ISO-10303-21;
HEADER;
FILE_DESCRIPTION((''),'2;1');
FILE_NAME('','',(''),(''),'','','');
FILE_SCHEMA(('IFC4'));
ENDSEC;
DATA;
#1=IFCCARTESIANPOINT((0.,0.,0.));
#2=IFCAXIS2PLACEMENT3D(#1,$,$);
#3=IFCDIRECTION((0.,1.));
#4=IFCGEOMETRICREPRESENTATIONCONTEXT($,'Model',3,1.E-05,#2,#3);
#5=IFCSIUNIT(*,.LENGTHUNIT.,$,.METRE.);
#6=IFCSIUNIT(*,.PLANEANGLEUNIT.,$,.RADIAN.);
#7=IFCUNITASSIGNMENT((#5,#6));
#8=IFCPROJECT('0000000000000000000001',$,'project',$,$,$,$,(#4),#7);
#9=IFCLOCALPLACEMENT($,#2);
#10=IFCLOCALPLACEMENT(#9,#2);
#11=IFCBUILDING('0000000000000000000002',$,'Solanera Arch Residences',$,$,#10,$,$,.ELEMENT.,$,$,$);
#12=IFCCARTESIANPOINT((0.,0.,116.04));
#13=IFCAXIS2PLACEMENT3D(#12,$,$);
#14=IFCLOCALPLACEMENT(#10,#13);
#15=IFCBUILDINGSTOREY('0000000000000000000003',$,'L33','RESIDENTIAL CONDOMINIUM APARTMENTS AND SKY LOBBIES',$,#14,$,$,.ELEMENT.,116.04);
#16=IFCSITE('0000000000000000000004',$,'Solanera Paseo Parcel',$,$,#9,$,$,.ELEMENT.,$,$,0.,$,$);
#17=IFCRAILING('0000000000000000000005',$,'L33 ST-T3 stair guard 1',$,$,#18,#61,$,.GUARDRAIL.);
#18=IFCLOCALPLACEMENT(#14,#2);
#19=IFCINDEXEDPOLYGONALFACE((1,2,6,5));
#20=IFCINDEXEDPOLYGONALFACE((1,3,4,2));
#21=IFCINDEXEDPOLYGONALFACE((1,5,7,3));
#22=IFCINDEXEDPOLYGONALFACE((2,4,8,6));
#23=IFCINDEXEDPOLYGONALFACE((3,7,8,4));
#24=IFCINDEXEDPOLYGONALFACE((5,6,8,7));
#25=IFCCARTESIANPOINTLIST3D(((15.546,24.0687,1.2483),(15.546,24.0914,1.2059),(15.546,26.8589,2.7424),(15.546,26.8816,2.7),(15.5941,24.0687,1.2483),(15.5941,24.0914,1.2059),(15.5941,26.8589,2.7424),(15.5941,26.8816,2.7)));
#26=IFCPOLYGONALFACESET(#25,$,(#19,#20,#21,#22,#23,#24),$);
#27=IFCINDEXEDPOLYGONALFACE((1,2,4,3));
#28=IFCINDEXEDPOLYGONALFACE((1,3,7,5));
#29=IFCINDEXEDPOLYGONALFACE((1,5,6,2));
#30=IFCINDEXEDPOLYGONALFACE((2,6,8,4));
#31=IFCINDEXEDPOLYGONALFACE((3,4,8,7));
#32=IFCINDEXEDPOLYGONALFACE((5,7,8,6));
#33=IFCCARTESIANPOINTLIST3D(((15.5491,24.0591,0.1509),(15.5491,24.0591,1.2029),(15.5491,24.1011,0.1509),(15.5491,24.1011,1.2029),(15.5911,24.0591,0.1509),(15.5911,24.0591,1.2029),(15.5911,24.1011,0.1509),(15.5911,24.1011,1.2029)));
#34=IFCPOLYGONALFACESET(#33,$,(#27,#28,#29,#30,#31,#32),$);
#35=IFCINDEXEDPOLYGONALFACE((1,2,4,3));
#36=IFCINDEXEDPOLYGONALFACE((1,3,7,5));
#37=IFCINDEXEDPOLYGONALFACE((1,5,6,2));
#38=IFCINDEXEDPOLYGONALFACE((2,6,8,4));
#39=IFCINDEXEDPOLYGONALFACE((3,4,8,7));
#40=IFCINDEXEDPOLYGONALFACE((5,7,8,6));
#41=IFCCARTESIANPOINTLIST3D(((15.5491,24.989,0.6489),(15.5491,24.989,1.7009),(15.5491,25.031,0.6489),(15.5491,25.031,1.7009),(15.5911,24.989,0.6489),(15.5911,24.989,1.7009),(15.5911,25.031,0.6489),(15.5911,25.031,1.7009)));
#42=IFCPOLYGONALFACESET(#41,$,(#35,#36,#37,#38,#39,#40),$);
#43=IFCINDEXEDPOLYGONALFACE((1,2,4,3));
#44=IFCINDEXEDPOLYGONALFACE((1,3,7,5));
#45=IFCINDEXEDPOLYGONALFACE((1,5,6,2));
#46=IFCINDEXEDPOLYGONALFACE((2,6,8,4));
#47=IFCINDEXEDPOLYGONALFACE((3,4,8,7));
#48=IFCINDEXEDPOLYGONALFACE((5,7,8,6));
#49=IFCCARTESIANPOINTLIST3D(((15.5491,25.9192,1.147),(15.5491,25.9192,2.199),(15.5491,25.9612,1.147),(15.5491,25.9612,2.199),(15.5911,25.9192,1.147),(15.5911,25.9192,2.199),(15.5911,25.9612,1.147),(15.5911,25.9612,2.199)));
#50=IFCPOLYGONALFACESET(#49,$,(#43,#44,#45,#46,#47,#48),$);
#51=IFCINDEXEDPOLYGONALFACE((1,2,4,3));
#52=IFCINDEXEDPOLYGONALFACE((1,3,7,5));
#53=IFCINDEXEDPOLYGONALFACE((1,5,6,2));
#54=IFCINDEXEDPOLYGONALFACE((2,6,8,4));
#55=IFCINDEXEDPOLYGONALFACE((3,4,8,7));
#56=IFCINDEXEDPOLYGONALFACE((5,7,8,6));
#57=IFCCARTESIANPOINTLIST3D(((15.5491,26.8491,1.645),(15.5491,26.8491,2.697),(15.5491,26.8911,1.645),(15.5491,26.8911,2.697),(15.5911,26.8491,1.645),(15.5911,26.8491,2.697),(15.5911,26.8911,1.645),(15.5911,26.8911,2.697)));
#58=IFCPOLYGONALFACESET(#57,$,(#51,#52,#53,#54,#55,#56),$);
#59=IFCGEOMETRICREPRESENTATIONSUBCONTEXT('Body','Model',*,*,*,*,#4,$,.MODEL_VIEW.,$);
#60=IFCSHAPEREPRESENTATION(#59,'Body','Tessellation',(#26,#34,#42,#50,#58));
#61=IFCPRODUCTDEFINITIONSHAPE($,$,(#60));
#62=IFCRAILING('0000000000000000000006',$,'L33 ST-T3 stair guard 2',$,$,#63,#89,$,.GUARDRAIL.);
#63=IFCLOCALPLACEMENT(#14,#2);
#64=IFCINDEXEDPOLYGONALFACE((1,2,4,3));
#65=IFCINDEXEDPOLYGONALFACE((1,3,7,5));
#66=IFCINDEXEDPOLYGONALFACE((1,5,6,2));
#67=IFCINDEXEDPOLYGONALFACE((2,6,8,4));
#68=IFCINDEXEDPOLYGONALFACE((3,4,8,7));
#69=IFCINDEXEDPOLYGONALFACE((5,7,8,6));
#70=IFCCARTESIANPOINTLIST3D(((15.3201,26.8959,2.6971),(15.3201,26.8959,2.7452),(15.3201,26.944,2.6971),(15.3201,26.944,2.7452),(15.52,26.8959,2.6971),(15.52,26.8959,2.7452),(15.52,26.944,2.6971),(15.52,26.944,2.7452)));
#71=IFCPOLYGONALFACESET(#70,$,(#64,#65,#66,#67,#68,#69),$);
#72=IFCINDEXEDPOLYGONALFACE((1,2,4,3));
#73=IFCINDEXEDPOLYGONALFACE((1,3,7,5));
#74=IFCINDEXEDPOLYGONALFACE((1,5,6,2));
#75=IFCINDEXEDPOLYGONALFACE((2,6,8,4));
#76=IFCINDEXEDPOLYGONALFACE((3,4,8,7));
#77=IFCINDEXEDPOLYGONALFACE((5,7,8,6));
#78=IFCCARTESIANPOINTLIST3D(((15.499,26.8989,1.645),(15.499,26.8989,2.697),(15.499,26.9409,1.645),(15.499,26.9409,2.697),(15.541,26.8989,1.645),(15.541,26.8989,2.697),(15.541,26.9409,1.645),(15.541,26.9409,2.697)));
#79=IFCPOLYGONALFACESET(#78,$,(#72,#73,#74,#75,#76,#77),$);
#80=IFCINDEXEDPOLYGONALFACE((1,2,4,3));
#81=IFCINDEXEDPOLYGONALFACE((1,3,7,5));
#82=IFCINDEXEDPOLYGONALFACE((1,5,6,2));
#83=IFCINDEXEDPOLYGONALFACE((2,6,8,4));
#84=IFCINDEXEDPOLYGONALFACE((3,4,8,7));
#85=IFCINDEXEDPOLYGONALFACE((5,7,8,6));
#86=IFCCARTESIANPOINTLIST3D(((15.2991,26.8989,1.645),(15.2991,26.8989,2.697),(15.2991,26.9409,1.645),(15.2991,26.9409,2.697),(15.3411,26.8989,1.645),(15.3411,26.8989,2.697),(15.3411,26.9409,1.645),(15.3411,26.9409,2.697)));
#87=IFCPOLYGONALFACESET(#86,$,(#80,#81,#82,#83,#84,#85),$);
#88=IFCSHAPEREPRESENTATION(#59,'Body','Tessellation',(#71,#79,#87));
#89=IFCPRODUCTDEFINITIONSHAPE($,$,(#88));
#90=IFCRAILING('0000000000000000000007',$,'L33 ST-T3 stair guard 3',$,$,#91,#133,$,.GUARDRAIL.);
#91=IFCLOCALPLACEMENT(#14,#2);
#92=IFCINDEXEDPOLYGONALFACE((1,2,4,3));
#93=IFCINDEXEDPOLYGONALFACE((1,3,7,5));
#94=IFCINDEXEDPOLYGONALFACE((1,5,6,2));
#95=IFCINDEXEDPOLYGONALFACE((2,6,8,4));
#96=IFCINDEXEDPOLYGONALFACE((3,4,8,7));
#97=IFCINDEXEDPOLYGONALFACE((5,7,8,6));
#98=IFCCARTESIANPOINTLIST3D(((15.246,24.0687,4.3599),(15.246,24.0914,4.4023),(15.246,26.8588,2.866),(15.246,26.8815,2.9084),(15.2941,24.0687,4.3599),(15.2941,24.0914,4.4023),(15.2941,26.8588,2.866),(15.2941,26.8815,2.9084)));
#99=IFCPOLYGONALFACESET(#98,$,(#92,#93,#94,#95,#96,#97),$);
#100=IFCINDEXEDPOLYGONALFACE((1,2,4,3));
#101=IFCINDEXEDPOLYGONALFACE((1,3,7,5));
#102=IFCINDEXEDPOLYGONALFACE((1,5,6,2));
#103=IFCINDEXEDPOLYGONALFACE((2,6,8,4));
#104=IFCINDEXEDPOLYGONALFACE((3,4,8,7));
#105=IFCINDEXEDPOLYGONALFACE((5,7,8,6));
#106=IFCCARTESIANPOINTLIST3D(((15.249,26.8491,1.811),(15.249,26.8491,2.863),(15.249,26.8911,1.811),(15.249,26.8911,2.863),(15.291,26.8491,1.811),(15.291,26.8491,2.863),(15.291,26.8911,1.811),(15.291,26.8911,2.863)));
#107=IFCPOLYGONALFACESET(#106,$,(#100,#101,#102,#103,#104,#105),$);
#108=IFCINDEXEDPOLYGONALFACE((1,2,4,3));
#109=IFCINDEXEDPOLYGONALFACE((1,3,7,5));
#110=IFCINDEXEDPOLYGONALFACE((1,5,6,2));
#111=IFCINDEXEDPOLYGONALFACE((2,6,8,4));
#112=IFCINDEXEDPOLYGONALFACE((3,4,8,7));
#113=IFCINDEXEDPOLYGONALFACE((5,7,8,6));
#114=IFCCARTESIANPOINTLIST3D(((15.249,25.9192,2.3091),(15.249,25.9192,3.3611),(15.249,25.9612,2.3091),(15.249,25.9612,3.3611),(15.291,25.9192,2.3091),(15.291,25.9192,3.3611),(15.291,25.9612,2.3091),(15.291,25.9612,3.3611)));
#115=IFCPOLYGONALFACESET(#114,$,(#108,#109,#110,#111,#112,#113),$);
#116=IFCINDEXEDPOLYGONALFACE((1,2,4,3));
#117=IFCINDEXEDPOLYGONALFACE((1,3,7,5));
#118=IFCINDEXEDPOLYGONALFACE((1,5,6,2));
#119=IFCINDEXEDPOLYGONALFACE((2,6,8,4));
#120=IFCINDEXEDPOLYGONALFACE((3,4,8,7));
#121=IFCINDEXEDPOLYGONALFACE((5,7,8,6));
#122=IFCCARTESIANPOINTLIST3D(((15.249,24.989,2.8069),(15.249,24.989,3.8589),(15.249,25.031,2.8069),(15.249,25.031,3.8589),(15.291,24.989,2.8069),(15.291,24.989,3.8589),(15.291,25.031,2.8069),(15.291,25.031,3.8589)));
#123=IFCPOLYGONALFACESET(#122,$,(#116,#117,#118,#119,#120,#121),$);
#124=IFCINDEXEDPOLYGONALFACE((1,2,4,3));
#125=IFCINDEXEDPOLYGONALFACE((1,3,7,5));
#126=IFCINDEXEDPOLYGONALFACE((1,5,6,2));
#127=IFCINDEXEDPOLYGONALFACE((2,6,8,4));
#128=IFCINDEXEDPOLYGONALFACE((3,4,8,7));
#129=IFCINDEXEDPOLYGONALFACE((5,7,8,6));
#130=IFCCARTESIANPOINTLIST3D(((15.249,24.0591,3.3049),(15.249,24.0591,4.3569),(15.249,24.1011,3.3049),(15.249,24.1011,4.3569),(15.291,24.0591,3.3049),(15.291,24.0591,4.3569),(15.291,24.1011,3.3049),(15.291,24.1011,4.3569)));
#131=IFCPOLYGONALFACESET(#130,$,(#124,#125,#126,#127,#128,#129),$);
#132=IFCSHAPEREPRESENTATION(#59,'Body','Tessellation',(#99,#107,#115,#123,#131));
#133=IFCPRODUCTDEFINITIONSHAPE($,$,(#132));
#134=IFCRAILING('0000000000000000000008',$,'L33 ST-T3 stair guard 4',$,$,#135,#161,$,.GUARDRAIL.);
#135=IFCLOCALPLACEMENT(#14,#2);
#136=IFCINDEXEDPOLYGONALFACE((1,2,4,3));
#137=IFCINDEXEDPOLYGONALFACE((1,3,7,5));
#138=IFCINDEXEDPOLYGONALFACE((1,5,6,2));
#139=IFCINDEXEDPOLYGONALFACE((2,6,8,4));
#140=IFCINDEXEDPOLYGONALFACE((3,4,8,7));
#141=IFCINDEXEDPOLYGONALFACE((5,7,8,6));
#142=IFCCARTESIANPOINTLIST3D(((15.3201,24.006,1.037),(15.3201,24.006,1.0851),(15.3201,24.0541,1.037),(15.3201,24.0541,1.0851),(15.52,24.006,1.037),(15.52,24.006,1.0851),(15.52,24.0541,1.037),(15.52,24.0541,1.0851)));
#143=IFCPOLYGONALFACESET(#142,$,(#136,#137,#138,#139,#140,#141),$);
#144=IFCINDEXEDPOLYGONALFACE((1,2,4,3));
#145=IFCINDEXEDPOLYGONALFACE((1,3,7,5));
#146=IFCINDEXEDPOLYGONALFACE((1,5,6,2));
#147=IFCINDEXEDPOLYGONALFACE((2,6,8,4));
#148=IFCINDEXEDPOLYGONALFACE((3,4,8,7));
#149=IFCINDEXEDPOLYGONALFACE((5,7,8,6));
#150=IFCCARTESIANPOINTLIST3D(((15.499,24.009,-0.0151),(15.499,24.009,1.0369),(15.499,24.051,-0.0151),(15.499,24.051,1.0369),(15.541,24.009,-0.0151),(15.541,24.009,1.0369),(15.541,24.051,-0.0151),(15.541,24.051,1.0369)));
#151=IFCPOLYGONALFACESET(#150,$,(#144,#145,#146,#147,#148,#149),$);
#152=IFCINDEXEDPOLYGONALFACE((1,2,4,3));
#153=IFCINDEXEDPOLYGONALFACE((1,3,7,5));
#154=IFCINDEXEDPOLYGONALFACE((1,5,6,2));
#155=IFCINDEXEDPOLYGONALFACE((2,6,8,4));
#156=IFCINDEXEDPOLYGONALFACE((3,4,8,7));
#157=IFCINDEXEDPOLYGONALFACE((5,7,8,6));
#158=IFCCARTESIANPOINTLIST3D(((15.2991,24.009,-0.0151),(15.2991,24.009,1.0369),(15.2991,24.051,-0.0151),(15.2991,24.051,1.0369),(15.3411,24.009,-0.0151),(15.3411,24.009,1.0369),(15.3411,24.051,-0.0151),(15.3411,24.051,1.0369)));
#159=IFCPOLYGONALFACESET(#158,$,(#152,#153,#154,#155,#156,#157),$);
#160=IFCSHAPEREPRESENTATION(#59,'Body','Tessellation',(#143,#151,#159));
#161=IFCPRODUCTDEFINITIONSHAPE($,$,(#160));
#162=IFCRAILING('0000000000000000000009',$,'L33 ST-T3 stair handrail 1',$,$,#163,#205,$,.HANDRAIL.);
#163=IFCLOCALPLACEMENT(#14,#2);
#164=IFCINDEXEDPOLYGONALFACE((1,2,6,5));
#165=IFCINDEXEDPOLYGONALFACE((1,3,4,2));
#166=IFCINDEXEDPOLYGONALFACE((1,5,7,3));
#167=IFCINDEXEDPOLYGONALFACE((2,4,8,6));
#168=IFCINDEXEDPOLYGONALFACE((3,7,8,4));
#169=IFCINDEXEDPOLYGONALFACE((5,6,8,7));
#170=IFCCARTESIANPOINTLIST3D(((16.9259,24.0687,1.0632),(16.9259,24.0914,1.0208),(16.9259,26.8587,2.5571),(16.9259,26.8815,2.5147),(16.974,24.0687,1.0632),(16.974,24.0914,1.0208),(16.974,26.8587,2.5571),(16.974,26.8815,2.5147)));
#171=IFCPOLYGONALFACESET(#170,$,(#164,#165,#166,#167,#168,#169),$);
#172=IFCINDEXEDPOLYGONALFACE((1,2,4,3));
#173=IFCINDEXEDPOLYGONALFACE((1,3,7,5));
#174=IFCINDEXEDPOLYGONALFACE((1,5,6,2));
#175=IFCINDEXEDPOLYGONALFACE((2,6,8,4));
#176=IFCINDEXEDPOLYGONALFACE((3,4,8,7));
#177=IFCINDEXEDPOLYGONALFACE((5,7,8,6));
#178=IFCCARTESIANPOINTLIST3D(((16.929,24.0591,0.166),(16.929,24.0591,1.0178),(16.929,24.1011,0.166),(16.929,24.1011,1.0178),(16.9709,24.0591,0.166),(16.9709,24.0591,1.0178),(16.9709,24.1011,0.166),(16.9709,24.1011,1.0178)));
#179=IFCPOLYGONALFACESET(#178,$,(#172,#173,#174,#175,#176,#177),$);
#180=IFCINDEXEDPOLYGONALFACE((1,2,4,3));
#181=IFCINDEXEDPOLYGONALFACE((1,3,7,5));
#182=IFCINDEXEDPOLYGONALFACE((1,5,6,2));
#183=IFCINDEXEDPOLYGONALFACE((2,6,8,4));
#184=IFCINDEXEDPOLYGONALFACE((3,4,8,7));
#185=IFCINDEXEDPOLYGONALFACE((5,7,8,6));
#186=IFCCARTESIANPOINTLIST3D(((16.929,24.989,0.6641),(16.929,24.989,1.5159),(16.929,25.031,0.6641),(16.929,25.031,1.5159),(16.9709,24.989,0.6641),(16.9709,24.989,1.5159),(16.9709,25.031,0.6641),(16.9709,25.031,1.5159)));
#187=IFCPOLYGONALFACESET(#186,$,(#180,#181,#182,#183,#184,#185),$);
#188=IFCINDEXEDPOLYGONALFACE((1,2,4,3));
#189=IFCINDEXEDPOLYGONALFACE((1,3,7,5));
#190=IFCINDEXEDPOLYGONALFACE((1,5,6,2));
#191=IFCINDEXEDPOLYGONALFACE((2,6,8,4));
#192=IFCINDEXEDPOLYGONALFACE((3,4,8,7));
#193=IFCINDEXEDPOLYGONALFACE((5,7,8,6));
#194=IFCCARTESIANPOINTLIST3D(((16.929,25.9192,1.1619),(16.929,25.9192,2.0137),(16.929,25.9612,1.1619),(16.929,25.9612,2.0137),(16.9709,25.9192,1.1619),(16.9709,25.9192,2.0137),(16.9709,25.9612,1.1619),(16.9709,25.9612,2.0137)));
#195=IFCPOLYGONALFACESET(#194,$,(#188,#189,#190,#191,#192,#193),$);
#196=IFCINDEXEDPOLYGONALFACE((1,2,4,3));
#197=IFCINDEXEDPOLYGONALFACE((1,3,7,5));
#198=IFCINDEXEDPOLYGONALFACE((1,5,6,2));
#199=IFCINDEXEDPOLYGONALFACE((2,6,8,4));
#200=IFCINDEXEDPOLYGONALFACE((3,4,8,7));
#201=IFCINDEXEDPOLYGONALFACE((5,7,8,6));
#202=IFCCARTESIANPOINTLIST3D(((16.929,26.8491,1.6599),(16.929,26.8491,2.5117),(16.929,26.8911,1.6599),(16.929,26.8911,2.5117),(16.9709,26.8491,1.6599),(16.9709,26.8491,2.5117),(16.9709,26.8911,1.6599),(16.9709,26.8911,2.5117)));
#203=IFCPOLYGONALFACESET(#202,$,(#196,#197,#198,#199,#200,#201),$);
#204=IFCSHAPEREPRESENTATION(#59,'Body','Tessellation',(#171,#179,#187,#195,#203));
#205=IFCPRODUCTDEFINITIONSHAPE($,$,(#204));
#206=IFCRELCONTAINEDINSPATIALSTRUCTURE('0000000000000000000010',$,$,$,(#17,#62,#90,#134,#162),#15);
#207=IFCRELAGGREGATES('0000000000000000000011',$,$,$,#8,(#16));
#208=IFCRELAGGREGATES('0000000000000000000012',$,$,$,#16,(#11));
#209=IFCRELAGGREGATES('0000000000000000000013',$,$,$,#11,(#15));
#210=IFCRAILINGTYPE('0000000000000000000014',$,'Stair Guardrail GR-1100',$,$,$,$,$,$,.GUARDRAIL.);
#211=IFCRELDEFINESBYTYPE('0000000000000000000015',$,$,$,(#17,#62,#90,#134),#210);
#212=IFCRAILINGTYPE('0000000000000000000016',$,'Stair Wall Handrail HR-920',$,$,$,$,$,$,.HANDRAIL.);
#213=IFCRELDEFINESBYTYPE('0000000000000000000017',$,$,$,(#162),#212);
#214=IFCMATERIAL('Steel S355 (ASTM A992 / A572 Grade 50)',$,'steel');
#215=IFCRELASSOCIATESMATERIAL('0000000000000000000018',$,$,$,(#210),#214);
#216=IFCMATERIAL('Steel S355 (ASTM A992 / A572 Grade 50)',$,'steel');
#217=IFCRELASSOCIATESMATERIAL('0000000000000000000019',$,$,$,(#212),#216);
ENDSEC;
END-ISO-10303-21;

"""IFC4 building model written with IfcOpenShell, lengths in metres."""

from ifc_helpers import new_model, si_unit, direction, frame, origin, origin_2d, place, context, subcontext, project, spatial, rectangle, extrude, material, type_object, element, save


model = new_model("IFC4")

# Units and contexts
model_context = context("Model", 3, precision=1e-05, world=origin(), true_north=direction((0.0, 1.0)))
body_context = subcontext(model_context, "Body", "Model", "MODEL_VIEW")
ifc_project = project(units=[si_unit("LENGTHUNIT", "METRE"), si_unit("PLANEANGLEUNIT", "RADIAN")], contexts=[model_context])

# Site, building, storey
site_placement = place(None, origin())
site = spatial("IfcSite", under=ifc_project, at=site_placement, Name="Solanera Paseo Parcel", CompositionType="ELEMENT", RefElevation=0.0)
building_placement = place(site_placement, origin())
building = spatial("IfcBuilding", under=site, at=building_placement, Name="Solanera Arch Residences", CompositionType="ELEMENT")
storey_placement = place(building_placement, frame((0.0, 0.0, 116.04)))
storey = spatial("IfcBuildingStorey", under=building, at=storey_placement, Name="L33", Description="RESIDENTIAL CONDOMINIUM APARTMENTS AND SKY LOBBIES", CompositionType="ELEMENT", Elevation=116.04)

# Railings
ifc_material_1 = material(Name="Steel S355 (ASTM A992 / A572 Grade 50)", Category="steel")
railing_type_1 = type_object("IfcRailingType", Name="Stair Guardrail GR-1100", PredefinedType="GUARDRAIL", material=ifc_material_1)
railing_1_placement = place(storey_placement, frame((15.5701, 24.0801, 0.1509)))
element("IfcRailing", 1, at=railing_1_placement, inside=storey, type_object=railing_type_1, Name="L33 ST-T3 stair guard 1", PredefinedType="GUARDRAIL", context=body_context, shape_type="SweptSolid", body=[
    extrude(rectangle(XDim=0.0481, YDim=0.0481, at=origin_2d()), frame((0.0, 0.0, 1.0762), z_axis=(0.0, 0.881549, 0.472093), x_axis=(-1.0, 0.0, 0.0)), (0.0, 0.0, 1.0), 3.165),
    extrude(rectangle(XDim=0.042, YDim=0.042, at=origin_2d()), origin(), (0.0, 0.0, 1.0), 1.052),
    extrude(rectangle(XDim=0.042, YDim=0.042, at=origin_2d()), frame((0.0, 0.9299, 0.498)), (0.0, 0.0, 1.0), 1.052),
    extrude(rectangle(XDim=0.042, YDim=0.042, at=origin_2d()), frame((0.0, 1.8601, 0.9961)), (0.0, 0.0, 1.0), 1.052),
    extrude(rectangle(XDim=0.042, YDim=0.042, at=origin_2d()), frame((0.0, 2.79, 1.4941)), (0.0, 0.0, 1.0), 1.052),
])
railing_2_placement = place(storey_placement, frame((15.52, 26.9199, 1.645)))
element("IfcRailing", 2, at=railing_2_placement, inside=storey, type_object=railing_type_1, Name="L33 ST-T3 stair guard 2", PredefinedType="GUARDRAIL", context=body_context, shape_type="SweptSolid", body=[
    extrude(rectangle(XDim=0.0481, YDim=0.0481, at=origin_2d()), frame((0.0, 0.0, 1.0762), z_axis=(-1.0, 0.0, 0.0), x_axis=(0.0, -1.0, 0.0)), (0.0, 0.0, 1.0), 0.2),
    extrude(rectangle(XDim=0.042, YDim=0.042, at=origin_2d()), origin(), (0.0, 0.0, 1.0), 1.052),
    extrude(rectangle(XDim=0.042, YDim=0.042, at=origin_2d()), frame((-0.2, 0.0, 0.0)), (0.0, 0.0, 1.0), 1.052),
])
railing_3_placement = place(storey_placement, frame((15.27, 26.8701, 1.811)))
element("IfcRailing", 3, at=railing_3_placement, inside=storey, type_object=railing_type_1, Name="L33 ST-T3 stair guard 3", PredefinedType="GUARDRAIL", context=body_context, shape_type="SweptSolid", body=[
    extrude(rectangle(XDim=0.0481, YDim=0.0481, at=origin_2d()), frame((0.0, 0.0, 1.0762), z_axis=(0.0, -0.881581, 0.472033), x_axis=(1.0, 0.0, 0.0)), (0.0, 0.0, 1.0), 3.1648),
    extrude(rectangle(XDim=0.042, YDim=0.042, at=origin_2d()), origin(), (0.0, 0.0, 1.0), 1.052),
    extrude(rectangle(XDim=0.042, YDim=0.042, at=origin_2d()), frame((0.0, -0.9299, 0.498)), (0.0, 0.0, 1.0), 1.052),
    extrude(rectangle(XDim=0.042, YDim=0.042, at=origin_2d()), frame((0.0, -1.8601, 0.9958)), (0.0, 0.0, 1.0), 1.052),
    extrude(rectangle(XDim=0.042, YDim=0.042, at=origin_2d()), frame((0.0, -2.79, 1.4939)), (0.0, 0.0, 1.0), 1.052),
])
railing_4_placement = place(storey_placement, frame((15.52, 24.03, -0.0151)))
element("IfcRailing", 4, at=railing_4_placement, inside=storey, type_object=railing_type_1, Name="L33 ST-T3 stair guard 4", PredefinedType="GUARDRAIL", context=body_context, shape_type="SweptSolid", body=[
    extrude(rectangle(XDim=0.0481, YDim=0.0481, at=origin_2d()), frame((0.0, 0.0, 1.0762), z_axis=(-1.0, 0.0, 0.0), x_axis=(0.0, -1.0, 0.0)), (0.0, 0.0, 1.0), 0.2),
    extrude(rectangle(XDim=0.042, YDim=0.042, at=origin_2d()), origin(), (0.0, 0.0, 1.0), 1.052),
    extrude(rectangle(XDim=0.042, YDim=0.042, at=origin_2d()), frame((-0.2, 0.0, 0.0)), (0.0, 0.0, 1.0), 1.052),
])
ifc_material_2 = material(Name="Steel S355 (ASTM A992 / A572 Grade 50)", Category="steel")
railing_type_2 = type_object("IfcRailingType", Name="Stair Wall Handrail HR-920", PredefinedType="HANDRAIL", material=ifc_material_2)
railing_5_placement = place(storey_placement, frame((16.95, 24.0801, 0.166)))
element("IfcRailing", 5, at=railing_5_placement, inside=storey, type_object=railing_type_2, Name="L33 ST-T3 stair handrail 1", PredefinedType="HANDRAIL", context=body_context, shape_type="SweptSolid", body=[
    extrude(rectangle(XDim=0.0481, YDim=0.0481, at=origin_2d()), frame((0.0, 0.0, 0.876), z_axis=(0.0, 0.881581, 0.472033), x_axis=(-1.0, 0.0, 0.0)), (0.0, 0.0, 1.0), 3.1648),
    extrude(rectangle(XDim=0.042, YDim=0.042, at=origin_2d()), origin(), (0.0, 0.0, 1.0), 0.8518),
    extrude(rectangle(XDim=0.042, YDim=0.042, at=origin_2d()), frame((0.0, 0.9299, 0.498)), (0.0, 0.0, 1.0), 0.8518),
    extrude(rectangle(XDim=0.042, YDim=0.042, at=origin_2d()), frame((0.0, 1.8601, 0.9958)), (0.0, 0.0, 1.0), 0.8518),
    extrude(rectangle(XDim=0.042, YDim=0.042, at=origin_2d()), frame((0.0, 2.79, 1.4939)), (0.0, 0.0, 1.0), 0.8518),
])

save(model, "model.ifc")
